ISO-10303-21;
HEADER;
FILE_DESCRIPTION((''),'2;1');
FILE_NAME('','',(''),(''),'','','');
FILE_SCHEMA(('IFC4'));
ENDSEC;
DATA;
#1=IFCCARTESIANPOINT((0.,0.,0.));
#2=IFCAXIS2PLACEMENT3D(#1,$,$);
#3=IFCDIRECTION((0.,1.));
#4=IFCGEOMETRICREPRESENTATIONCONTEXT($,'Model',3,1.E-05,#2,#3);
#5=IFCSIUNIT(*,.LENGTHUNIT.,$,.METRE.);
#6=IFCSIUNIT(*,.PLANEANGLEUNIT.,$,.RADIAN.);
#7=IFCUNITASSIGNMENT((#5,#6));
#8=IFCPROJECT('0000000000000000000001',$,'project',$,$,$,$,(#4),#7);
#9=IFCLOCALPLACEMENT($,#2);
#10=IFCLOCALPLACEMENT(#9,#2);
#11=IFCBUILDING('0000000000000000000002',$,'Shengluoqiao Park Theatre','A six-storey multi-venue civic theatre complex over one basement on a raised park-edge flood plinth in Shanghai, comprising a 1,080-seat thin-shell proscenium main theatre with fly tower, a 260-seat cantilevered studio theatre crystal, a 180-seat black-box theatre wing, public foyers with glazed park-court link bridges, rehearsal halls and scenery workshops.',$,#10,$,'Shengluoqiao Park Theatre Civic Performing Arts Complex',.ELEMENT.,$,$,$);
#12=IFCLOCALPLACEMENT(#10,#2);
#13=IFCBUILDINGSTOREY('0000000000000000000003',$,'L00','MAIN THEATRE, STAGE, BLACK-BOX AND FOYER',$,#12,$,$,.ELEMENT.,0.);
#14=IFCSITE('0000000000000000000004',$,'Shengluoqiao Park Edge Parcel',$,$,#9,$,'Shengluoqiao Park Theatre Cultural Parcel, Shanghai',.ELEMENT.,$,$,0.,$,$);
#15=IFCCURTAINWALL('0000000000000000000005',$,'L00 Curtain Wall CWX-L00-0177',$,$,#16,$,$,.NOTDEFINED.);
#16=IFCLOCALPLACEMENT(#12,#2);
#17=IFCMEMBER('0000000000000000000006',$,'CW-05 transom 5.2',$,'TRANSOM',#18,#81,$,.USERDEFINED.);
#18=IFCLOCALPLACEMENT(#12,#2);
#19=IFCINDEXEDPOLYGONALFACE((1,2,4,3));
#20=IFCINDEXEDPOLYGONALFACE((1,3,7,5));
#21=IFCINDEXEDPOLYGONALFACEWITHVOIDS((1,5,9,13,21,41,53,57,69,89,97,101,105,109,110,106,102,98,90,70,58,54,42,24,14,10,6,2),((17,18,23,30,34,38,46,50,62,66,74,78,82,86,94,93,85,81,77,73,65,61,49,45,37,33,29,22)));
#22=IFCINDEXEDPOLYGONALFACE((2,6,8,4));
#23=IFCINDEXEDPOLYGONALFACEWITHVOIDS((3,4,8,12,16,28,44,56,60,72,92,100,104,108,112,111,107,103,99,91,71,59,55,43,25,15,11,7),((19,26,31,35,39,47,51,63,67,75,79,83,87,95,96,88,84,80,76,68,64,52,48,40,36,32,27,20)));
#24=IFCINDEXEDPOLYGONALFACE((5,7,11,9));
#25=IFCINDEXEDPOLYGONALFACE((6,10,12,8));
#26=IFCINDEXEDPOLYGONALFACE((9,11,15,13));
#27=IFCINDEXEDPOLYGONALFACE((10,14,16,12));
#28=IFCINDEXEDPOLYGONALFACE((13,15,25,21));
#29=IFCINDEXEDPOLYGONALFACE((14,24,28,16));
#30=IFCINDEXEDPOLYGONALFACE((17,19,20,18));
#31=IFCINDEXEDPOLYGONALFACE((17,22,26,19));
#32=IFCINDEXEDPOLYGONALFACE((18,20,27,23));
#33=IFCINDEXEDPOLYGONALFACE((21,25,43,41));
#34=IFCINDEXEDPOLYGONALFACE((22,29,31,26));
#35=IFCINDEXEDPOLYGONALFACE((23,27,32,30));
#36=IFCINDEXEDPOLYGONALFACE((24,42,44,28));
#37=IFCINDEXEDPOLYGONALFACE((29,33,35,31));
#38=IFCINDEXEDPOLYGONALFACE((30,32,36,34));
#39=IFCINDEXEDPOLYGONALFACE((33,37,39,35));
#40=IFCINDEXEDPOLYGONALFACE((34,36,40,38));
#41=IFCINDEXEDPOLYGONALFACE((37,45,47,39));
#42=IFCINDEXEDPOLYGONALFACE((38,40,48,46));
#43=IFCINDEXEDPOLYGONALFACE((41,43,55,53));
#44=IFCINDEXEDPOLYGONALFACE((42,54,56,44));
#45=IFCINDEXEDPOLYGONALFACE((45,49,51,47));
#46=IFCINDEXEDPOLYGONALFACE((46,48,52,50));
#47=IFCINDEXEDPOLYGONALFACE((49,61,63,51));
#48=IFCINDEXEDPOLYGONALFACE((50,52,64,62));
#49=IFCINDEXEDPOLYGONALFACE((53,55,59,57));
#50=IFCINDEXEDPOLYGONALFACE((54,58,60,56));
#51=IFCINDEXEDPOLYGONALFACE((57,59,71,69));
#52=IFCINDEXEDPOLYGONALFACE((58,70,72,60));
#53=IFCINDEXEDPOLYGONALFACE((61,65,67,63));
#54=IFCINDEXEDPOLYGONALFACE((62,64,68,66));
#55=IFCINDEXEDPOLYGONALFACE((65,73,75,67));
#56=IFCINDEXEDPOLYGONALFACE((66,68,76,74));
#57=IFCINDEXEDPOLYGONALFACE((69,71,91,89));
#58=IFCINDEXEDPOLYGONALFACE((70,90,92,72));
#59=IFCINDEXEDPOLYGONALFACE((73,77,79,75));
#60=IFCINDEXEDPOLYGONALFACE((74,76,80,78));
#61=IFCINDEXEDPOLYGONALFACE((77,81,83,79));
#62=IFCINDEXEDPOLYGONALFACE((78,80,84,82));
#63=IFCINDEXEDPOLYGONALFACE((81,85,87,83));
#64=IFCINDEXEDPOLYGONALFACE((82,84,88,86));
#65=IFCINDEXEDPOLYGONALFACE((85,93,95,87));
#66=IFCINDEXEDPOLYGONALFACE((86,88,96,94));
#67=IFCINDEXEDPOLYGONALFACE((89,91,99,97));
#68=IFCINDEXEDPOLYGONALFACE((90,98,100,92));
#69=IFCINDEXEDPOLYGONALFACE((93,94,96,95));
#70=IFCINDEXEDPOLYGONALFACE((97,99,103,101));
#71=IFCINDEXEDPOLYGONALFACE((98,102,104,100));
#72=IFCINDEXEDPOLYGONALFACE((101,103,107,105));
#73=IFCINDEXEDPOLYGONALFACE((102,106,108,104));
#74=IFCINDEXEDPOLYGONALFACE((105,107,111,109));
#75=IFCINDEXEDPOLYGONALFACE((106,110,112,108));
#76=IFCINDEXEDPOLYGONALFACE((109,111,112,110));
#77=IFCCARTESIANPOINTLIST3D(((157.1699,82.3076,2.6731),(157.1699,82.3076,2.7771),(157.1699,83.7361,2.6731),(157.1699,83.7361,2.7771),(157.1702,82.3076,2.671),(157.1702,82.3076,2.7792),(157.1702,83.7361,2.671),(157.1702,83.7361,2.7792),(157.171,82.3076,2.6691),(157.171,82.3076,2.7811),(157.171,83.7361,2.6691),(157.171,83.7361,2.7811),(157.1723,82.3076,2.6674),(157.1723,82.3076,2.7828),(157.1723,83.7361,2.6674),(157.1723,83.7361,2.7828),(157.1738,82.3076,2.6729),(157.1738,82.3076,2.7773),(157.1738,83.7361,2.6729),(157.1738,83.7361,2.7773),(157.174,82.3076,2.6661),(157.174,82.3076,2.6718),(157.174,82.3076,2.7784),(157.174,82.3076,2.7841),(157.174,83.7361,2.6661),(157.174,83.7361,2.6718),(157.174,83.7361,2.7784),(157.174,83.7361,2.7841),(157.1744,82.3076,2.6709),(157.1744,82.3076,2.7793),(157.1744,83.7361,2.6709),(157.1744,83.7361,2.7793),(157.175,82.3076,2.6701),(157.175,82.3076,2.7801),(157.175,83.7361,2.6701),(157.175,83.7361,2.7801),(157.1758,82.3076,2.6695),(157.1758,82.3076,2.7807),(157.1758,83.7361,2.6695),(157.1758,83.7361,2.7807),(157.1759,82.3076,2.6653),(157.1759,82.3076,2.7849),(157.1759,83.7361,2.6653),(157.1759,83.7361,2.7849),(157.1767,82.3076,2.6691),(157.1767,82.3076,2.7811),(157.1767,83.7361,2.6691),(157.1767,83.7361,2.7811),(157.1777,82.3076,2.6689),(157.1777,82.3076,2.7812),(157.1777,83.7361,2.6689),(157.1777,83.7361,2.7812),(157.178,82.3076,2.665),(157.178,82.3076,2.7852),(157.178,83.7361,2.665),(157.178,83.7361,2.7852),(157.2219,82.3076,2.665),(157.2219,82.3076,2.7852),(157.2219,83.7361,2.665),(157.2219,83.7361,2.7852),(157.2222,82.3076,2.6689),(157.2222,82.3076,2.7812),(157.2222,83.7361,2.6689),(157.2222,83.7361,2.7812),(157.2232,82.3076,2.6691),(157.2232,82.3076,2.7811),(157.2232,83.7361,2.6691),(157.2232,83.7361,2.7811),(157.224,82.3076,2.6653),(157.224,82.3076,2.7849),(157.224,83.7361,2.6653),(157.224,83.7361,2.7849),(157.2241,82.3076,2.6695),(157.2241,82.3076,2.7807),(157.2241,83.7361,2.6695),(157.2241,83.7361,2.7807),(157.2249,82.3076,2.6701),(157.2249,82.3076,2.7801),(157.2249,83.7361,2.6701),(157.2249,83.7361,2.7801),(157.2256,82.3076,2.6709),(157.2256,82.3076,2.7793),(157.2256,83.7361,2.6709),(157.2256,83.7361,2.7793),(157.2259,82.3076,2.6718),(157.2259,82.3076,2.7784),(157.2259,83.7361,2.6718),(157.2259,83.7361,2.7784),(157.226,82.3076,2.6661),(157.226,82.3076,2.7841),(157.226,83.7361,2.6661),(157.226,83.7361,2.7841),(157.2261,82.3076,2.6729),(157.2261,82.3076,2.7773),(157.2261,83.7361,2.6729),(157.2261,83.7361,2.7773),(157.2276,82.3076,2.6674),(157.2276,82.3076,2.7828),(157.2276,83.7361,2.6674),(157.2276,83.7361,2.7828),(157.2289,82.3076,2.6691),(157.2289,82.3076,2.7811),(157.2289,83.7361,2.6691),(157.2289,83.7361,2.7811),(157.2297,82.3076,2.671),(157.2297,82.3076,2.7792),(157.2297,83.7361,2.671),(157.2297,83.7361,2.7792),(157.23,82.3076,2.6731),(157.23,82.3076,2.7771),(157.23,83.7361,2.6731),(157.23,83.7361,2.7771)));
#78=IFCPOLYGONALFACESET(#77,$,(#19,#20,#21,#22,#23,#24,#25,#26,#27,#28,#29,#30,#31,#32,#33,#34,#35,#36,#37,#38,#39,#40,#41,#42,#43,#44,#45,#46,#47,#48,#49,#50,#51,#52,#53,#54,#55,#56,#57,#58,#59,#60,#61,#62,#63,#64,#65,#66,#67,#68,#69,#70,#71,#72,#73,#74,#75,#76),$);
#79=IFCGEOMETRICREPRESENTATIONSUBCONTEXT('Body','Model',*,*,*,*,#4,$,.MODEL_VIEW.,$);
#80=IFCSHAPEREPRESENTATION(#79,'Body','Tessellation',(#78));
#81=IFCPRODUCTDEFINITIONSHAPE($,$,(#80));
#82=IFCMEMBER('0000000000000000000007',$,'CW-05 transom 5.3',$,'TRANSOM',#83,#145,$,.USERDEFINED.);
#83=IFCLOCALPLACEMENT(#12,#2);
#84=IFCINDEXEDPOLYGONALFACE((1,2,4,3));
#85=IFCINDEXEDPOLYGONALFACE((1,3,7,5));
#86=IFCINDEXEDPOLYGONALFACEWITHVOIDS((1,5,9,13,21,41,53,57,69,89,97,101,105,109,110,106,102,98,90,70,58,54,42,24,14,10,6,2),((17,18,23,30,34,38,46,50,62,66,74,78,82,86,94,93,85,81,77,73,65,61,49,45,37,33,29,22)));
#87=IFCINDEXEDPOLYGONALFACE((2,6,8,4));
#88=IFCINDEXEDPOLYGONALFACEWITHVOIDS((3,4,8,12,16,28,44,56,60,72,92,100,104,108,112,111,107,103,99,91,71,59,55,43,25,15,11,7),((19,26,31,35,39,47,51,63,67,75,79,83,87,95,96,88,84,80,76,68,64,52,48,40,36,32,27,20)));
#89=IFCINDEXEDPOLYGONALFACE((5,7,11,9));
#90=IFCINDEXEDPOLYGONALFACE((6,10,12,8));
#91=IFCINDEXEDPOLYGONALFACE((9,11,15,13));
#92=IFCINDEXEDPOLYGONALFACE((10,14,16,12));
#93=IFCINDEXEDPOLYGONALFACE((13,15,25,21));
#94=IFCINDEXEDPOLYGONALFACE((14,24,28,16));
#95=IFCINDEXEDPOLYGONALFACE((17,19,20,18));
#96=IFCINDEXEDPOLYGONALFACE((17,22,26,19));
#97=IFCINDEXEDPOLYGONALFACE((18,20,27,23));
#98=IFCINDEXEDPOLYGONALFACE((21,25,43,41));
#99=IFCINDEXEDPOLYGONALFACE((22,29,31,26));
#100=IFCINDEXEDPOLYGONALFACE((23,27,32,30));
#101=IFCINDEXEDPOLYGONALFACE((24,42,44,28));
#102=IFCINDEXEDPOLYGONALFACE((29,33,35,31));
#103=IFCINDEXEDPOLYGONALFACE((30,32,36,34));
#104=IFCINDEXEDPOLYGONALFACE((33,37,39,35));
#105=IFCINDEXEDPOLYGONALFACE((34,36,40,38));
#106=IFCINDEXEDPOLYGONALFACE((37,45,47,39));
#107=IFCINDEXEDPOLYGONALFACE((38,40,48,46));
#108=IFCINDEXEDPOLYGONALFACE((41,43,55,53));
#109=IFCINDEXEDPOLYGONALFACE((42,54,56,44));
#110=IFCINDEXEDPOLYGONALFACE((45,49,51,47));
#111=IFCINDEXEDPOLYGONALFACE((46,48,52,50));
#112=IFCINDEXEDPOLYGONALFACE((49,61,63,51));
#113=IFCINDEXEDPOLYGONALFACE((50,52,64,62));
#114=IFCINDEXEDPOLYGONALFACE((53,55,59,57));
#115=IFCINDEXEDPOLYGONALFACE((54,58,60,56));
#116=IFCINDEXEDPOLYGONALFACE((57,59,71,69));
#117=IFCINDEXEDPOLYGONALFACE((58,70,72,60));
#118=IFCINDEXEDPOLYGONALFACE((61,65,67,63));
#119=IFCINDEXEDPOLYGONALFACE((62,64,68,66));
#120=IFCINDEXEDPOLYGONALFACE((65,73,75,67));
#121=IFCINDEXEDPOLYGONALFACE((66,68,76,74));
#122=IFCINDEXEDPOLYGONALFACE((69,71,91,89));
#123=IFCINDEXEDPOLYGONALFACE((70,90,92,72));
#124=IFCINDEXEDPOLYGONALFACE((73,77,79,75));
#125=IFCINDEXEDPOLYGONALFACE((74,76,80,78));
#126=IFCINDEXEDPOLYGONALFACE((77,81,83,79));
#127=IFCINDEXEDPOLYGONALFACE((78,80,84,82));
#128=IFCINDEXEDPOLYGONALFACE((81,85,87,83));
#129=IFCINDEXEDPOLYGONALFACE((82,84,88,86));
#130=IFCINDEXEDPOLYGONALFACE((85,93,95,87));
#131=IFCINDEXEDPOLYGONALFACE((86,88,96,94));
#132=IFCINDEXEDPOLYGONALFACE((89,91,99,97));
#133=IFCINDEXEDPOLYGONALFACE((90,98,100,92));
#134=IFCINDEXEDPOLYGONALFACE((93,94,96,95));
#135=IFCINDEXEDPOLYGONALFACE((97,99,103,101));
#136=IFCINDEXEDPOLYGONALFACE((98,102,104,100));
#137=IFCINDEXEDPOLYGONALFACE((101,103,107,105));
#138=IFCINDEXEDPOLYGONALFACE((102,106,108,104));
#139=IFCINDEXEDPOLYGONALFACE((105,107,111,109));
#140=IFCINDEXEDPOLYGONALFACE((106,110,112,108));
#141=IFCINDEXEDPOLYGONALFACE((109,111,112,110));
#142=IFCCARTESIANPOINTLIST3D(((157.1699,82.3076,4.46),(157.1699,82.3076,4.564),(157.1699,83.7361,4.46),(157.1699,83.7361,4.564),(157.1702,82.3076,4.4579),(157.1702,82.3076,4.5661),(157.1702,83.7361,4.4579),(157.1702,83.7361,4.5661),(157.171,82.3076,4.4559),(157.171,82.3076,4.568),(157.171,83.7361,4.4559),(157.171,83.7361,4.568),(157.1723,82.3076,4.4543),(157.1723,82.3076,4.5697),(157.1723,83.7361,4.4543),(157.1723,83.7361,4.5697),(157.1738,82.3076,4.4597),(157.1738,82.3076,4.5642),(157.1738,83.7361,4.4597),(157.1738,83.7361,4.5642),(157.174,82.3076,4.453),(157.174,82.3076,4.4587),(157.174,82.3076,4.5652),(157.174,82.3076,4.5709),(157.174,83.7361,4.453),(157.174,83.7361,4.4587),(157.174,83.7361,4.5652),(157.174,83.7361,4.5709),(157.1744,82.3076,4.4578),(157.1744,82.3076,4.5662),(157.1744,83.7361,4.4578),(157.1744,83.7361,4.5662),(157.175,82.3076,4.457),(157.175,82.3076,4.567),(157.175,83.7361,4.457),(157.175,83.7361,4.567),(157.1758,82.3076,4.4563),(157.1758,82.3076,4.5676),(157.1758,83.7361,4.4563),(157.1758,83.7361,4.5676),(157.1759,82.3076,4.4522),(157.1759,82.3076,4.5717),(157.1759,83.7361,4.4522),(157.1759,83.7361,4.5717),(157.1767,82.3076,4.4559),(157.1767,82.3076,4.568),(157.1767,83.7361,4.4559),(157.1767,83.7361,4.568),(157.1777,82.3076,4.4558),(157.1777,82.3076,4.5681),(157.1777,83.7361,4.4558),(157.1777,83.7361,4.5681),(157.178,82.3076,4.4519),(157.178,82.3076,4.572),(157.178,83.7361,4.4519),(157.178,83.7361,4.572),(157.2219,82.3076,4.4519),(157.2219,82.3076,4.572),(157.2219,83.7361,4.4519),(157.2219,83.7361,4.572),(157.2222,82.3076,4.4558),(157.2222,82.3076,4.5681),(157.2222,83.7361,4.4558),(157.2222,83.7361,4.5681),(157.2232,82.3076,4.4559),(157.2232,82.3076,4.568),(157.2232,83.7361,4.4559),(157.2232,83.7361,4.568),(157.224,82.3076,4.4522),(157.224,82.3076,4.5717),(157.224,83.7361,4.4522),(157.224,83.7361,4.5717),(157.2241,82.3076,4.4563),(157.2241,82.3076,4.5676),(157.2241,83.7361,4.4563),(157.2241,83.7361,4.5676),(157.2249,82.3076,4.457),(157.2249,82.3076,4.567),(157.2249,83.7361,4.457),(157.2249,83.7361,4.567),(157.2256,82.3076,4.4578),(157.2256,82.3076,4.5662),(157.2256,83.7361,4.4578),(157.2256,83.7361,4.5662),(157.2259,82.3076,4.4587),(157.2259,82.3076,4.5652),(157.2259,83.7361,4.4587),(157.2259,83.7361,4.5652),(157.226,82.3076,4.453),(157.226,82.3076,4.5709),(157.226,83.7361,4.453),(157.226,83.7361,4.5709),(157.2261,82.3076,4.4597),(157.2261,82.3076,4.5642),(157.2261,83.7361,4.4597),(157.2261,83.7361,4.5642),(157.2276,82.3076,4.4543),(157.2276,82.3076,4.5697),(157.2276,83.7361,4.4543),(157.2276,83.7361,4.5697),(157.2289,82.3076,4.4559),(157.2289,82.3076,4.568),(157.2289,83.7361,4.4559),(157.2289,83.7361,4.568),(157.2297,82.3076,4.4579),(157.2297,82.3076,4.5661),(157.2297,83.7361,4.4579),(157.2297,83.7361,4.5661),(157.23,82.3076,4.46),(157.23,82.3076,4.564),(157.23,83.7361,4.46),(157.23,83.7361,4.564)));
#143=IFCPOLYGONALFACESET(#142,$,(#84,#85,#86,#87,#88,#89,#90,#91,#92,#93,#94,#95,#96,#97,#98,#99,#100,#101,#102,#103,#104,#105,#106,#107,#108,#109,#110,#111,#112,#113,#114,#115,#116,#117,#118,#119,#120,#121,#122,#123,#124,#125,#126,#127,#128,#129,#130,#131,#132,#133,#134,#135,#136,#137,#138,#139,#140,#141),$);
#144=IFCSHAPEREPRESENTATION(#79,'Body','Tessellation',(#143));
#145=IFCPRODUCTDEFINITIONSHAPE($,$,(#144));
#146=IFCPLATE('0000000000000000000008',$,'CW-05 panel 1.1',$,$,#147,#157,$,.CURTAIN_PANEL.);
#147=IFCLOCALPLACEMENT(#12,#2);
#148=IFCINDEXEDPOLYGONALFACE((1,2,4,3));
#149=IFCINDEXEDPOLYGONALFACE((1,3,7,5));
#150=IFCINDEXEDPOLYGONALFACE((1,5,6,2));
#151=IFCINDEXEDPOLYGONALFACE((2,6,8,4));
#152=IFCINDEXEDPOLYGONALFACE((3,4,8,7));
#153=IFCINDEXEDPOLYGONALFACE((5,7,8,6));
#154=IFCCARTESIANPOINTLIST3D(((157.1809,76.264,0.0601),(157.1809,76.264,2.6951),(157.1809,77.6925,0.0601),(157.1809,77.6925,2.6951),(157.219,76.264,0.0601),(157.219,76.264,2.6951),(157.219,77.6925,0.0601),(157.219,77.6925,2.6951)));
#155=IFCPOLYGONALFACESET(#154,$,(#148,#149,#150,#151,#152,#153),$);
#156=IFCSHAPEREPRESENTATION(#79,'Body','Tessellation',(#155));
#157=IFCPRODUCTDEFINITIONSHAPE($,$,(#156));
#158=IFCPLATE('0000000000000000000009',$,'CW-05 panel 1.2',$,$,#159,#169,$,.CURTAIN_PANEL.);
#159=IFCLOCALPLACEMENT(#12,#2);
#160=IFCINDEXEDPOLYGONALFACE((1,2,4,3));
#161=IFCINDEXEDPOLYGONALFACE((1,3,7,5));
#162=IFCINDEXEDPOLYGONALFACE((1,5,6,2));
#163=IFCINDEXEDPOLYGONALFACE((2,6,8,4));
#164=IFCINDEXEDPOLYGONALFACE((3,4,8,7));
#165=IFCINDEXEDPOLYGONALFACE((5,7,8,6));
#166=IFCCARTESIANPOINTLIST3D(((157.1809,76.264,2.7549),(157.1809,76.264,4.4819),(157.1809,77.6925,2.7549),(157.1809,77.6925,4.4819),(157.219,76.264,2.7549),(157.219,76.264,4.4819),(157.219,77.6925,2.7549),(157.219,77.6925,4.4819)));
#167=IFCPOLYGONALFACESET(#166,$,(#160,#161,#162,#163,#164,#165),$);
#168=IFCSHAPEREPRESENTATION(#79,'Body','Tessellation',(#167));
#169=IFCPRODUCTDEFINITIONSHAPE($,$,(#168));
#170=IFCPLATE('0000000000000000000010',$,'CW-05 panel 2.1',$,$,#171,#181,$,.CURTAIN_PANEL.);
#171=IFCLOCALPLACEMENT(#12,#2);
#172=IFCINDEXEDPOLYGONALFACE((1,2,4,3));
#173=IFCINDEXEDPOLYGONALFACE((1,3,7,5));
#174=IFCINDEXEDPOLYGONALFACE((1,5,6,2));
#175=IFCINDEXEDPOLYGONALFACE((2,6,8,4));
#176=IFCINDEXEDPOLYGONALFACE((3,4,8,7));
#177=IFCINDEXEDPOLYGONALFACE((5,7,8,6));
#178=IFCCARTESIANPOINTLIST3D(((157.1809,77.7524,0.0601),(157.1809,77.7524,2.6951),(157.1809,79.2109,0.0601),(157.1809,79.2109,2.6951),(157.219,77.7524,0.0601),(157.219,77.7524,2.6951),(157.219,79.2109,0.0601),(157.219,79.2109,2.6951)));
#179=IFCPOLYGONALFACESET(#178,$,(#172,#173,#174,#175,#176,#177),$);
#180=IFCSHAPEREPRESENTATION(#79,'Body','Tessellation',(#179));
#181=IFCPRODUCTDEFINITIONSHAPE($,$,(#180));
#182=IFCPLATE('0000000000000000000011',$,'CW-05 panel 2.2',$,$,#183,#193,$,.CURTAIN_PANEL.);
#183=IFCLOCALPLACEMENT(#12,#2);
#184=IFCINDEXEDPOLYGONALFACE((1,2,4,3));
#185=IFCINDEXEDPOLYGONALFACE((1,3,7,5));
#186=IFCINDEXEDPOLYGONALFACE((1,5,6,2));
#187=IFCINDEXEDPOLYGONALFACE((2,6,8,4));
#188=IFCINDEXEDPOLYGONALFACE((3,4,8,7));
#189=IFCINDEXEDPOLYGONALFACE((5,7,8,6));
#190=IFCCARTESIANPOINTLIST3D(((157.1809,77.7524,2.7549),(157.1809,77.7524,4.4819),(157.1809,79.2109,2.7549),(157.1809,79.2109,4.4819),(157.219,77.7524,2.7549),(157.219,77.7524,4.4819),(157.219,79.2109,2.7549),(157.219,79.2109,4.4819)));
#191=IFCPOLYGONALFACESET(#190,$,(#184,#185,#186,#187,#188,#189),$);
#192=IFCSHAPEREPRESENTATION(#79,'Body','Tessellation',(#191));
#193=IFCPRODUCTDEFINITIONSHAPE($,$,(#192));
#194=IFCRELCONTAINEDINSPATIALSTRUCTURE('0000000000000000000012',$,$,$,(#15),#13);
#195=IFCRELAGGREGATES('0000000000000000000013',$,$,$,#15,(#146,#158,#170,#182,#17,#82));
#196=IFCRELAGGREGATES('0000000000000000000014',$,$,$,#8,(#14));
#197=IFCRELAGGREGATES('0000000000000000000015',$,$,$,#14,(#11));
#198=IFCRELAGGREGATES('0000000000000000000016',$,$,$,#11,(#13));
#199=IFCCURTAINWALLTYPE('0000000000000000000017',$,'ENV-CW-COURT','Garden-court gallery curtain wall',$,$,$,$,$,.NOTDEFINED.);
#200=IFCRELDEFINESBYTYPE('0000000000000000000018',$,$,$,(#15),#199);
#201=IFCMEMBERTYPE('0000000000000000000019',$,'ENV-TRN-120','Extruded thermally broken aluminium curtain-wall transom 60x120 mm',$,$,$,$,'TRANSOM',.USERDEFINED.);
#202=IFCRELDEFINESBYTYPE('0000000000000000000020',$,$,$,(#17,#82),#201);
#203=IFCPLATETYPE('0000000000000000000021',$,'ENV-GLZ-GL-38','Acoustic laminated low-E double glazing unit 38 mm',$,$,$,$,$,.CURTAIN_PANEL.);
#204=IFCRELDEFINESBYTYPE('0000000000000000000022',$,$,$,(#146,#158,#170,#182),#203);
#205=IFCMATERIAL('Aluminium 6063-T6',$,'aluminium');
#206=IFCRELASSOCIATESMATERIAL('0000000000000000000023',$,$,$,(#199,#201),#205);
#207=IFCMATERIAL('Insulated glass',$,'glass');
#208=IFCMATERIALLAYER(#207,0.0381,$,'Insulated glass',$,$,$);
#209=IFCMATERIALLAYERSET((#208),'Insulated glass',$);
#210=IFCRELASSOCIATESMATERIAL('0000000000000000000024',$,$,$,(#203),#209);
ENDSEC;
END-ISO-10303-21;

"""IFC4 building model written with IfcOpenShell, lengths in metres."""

from ifc_helpers import new_model, si_unit, direction, frame, origin, origin_2d, place, context, subcontext, project, spatial, rectangle, hollow_rectangle, extrude, material, layer, layer_set, material_profile, profile_set, type_object, element, aggregate, save


model = new_model("IFC4")

# Units and contexts
model_context = context("Model", 3, precision=1e-05, world=origin(), true_north=direction((0.0, 1.0)))
body_context = subcontext(model_context, "Body", "Model", "MODEL_VIEW")
ifc_project = project(units=[si_unit("LENGTHUNIT", "METRE"), si_unit("PLANEANGLEUNIT", "RADIAN")], contexts=[model_context])

# Site, building, storey
site_placement = place(None, origin())
site = spatial("IfcSite", under=ifc_project, at=site_placement, Name="Shengluoqiao Park Edge Parcel", LongName="Shengluoqiao Park Theatre Cultural Parcel, Shanghai", CompositionType="ELEMENT", RefElevation=0.0)
building_placement = place(site_placement, origin())
building = spatial("IfcBuilding", under=site, at=building_placement, Name="Shengluoqiao Park Theatre", Description="A six-storey multi-venue civic theatre complex over one basement on a raised park-edge flood plinth in Shanghai, comprising a 1,080-seat thin-shell proscenium main theatre with fly tower, a 260-seat cantilevered studio theatre crystal, a 180-seat black-box theatre wing, public foyers with glazed park-court link bridges, rehearsal halls and scenery workshops.", LongName="Shengluoqiao Park Theatre Civic Performing Arts Complex", CompositionType="ELEMENT")
storey_placement = place(building_placement, origin())
storey = spatial("IfcBuildingStorey", under=building, at=storey_placement, Name="L00", Description="MAIN THEATRE, STAGE, BLACK-BOX AND FOYER", CompositionType="ELEMENT", Elevation=0.0)

# Curtain wall, members, plates
ifc_material_1 = material(Name="Aluminium 6063-T6", Category="aluminium")
curtain_wall_type = type_object("IfcCurtainWallType", Name="ENV-CW-COURT", Description="Garden-court gallery curtain wall", PredefinedType="NOTDEFINED", material=ifc_material_1)
curtain_wall_placement = place(storey_placement, origin())
curtain_wall = element("IfcCurtainWall", 1, at=curtain_wall_placement, inside=storey, type_object=curtain_wall_type, Name="L00 Curtain Wall CWX-L00-0177", PredefinedType="NOTDEFINED")
ifc_material_profile_1 = material_profile(ifc_material_1, hollow_rectangle(XDim=0.0601, YDim=0.1201, WallThickness=0.0039, InnerFilletRadius=0.0039, OuterFilletRadius=0.0081, at=origin_2d()), Name="ALU TRANSOM 120x60x4")
ifc_profile_set_1 = profile_set([ifc_material_profile_1], Name="Aluminium 6063-T6")
member_type_1 = type_object("IfcMemberType", Name="ENV-TRN-120", Description="Extruded thermally broken aluminium curtain-wall transom 60x120 mm", ElementType="TRANSOM", PredefinedType="USERDEFINED", material=ifc_profile_set_1)
member_1_placement = place(storey_placement, frame((157.2, 82.3076, 2.7251), z_axis=(0.0, 1.0, 0.0), x_axis=(-1.0, 0.0, 0.0)))
member_1 = element("IfcMember", 2, at=member_1_placement, type_object=member_type_1, Name="CW-05 transom 5.2", ObjectType="TRANSOM", PredefinedType="USERDEFINED", context=body_context, shape_type="SweptSolid", body=[
    extrude(hollow_rectangle(XDim=0.0601, YDim=0.1201, WallThickness=0.0039, InnerFilletRadius=0.0039, OuterFilletRadius=0.0081, at=origin_2d()), origin(), (0.0, 0.0, 1.0), 1.4285),
])
member_2_placement = place(storey_placement, frame((157.2, 82.3076, 4.512), z_axis=(0.0, 1.0, 0.0), x_axis=(-1.0, 0.0, 0.0)))
member_2 = element("IfcMember", 3, at=member_2_placement, type_object=member_type_1, Name="CW-05 transom 5.3", ObjectType="TRANSOM", PredefinedType="USERDEFINED", context=body_context, shape_type="SweptSolid", body=[
    extrude(hollow_rectangle(XDim=0.0601, YDim=0.1201, WallThickness=0.0039, InnerFilletRadius=0.0039, OuterFilletRadius=0.0081, at=origin_2d()), origin(), (0.0, 0.0, 1.0), 1.4285),
])
ifc_material_2 = material(Name="Insulated glass", Category="glass")
ifc_layer_1 = layer(ifc_material_2, 0.0381, Name="Insulated glass")
ifc_layer_set_1 = layer_set([ifc_layer_1], Name="Insulated glass")
plate_type = type_object("IfcPlateType", Name="ENV-GLZ-GL-38", Description="Acoustic laminated low-E double glazing unit 38 mm", PredefinedType="CURTAIN_PANEL", material=ifc_layer_set_1)
plate_1_placement = place(storey_placement, frame((157.2, 76.9783, 0.0601), z_axis=(0.0, 0.0, 1.0), x_axis=(0.0, 1.0, 0.0)))
plate_1 = element("IfcPlate", 4, at=plate_1_placement, type_object=plate_type, Name="CW-05 panel 1.1", PredefinedType="CURTAIN_PANEL", context=body_context, shape_type="SweptSolid", body=[
    extrude(rectangle(XDim=1.4285, YDim=0.0381, at=origin_2d()), origin(), (0.0, 0.0, 1.0), 2.635),
])
plate_2_placement = place(storey_placement, frame((157.2, 76.9783, 2.7549), z_axis=(0.0, 0.0, 1.0), x_axis=(0.0, 1.0, 0.0)))
plate_2 = element("IfcPlate", 5, at=plate_2_placement, type_object=plate_type, Name="CW-05 panel 1.2", PredefinedType="CURTAIN_PANEL", context=body_context, shape_type="SweptSolid", body=[
    extrude(rectangle(XDim=1.4285, YDim=0.0381, at=origin_2d()), origin(), (0.0, 0.0, 1.0), 1.7271),
])
plate_3_placement = place(storey_placement, frame((157.2, 78.4817, 0.0601), z_axis=(0.0, 0.0, 1.0), x_axis=(0.0, 1.0, 0.0)))
plate_3 = element("IfcPlate", 6, at=plate_3_placement, type_object=plate_type, Name="CW-05 panel 2.1", PredefinedType="CURTAIN_PANEL", context=body_context, shape_type="SweptSolid", body=[
    extrude(rectangle(XDim=1.4585, YDim=0.0381, at=origin_2d()), origin(), (0.0, 0.0, 1.0), 2.635),
])
plate_4_placement = place(storey_placement, frame((157.2, 78.4817, 2.7549), z_axis=(0.0, 0.0, 1.0), x_axis=(0.0, 1.0, 0.0)))
plate_4 = element("IfcPlate", 7, at=plate_4_placement, type_object=plate_type, Name="CW-05 panel 2.2", PredefinedType="CURTAIN_PANEL", context=body_context, shape_type="SweptSolid", body=[
    extrude(rectangle(XDim=1.4585, YDim=0.0381, at=origin_2d()), origin(), (0.0, 0.0, 1.0), 1.7271),
])
aggregate(curtain_wall, [plate_1, plate_2, plate_3, plate_4, member_1, member_2])

save(model, "model.ifc")
